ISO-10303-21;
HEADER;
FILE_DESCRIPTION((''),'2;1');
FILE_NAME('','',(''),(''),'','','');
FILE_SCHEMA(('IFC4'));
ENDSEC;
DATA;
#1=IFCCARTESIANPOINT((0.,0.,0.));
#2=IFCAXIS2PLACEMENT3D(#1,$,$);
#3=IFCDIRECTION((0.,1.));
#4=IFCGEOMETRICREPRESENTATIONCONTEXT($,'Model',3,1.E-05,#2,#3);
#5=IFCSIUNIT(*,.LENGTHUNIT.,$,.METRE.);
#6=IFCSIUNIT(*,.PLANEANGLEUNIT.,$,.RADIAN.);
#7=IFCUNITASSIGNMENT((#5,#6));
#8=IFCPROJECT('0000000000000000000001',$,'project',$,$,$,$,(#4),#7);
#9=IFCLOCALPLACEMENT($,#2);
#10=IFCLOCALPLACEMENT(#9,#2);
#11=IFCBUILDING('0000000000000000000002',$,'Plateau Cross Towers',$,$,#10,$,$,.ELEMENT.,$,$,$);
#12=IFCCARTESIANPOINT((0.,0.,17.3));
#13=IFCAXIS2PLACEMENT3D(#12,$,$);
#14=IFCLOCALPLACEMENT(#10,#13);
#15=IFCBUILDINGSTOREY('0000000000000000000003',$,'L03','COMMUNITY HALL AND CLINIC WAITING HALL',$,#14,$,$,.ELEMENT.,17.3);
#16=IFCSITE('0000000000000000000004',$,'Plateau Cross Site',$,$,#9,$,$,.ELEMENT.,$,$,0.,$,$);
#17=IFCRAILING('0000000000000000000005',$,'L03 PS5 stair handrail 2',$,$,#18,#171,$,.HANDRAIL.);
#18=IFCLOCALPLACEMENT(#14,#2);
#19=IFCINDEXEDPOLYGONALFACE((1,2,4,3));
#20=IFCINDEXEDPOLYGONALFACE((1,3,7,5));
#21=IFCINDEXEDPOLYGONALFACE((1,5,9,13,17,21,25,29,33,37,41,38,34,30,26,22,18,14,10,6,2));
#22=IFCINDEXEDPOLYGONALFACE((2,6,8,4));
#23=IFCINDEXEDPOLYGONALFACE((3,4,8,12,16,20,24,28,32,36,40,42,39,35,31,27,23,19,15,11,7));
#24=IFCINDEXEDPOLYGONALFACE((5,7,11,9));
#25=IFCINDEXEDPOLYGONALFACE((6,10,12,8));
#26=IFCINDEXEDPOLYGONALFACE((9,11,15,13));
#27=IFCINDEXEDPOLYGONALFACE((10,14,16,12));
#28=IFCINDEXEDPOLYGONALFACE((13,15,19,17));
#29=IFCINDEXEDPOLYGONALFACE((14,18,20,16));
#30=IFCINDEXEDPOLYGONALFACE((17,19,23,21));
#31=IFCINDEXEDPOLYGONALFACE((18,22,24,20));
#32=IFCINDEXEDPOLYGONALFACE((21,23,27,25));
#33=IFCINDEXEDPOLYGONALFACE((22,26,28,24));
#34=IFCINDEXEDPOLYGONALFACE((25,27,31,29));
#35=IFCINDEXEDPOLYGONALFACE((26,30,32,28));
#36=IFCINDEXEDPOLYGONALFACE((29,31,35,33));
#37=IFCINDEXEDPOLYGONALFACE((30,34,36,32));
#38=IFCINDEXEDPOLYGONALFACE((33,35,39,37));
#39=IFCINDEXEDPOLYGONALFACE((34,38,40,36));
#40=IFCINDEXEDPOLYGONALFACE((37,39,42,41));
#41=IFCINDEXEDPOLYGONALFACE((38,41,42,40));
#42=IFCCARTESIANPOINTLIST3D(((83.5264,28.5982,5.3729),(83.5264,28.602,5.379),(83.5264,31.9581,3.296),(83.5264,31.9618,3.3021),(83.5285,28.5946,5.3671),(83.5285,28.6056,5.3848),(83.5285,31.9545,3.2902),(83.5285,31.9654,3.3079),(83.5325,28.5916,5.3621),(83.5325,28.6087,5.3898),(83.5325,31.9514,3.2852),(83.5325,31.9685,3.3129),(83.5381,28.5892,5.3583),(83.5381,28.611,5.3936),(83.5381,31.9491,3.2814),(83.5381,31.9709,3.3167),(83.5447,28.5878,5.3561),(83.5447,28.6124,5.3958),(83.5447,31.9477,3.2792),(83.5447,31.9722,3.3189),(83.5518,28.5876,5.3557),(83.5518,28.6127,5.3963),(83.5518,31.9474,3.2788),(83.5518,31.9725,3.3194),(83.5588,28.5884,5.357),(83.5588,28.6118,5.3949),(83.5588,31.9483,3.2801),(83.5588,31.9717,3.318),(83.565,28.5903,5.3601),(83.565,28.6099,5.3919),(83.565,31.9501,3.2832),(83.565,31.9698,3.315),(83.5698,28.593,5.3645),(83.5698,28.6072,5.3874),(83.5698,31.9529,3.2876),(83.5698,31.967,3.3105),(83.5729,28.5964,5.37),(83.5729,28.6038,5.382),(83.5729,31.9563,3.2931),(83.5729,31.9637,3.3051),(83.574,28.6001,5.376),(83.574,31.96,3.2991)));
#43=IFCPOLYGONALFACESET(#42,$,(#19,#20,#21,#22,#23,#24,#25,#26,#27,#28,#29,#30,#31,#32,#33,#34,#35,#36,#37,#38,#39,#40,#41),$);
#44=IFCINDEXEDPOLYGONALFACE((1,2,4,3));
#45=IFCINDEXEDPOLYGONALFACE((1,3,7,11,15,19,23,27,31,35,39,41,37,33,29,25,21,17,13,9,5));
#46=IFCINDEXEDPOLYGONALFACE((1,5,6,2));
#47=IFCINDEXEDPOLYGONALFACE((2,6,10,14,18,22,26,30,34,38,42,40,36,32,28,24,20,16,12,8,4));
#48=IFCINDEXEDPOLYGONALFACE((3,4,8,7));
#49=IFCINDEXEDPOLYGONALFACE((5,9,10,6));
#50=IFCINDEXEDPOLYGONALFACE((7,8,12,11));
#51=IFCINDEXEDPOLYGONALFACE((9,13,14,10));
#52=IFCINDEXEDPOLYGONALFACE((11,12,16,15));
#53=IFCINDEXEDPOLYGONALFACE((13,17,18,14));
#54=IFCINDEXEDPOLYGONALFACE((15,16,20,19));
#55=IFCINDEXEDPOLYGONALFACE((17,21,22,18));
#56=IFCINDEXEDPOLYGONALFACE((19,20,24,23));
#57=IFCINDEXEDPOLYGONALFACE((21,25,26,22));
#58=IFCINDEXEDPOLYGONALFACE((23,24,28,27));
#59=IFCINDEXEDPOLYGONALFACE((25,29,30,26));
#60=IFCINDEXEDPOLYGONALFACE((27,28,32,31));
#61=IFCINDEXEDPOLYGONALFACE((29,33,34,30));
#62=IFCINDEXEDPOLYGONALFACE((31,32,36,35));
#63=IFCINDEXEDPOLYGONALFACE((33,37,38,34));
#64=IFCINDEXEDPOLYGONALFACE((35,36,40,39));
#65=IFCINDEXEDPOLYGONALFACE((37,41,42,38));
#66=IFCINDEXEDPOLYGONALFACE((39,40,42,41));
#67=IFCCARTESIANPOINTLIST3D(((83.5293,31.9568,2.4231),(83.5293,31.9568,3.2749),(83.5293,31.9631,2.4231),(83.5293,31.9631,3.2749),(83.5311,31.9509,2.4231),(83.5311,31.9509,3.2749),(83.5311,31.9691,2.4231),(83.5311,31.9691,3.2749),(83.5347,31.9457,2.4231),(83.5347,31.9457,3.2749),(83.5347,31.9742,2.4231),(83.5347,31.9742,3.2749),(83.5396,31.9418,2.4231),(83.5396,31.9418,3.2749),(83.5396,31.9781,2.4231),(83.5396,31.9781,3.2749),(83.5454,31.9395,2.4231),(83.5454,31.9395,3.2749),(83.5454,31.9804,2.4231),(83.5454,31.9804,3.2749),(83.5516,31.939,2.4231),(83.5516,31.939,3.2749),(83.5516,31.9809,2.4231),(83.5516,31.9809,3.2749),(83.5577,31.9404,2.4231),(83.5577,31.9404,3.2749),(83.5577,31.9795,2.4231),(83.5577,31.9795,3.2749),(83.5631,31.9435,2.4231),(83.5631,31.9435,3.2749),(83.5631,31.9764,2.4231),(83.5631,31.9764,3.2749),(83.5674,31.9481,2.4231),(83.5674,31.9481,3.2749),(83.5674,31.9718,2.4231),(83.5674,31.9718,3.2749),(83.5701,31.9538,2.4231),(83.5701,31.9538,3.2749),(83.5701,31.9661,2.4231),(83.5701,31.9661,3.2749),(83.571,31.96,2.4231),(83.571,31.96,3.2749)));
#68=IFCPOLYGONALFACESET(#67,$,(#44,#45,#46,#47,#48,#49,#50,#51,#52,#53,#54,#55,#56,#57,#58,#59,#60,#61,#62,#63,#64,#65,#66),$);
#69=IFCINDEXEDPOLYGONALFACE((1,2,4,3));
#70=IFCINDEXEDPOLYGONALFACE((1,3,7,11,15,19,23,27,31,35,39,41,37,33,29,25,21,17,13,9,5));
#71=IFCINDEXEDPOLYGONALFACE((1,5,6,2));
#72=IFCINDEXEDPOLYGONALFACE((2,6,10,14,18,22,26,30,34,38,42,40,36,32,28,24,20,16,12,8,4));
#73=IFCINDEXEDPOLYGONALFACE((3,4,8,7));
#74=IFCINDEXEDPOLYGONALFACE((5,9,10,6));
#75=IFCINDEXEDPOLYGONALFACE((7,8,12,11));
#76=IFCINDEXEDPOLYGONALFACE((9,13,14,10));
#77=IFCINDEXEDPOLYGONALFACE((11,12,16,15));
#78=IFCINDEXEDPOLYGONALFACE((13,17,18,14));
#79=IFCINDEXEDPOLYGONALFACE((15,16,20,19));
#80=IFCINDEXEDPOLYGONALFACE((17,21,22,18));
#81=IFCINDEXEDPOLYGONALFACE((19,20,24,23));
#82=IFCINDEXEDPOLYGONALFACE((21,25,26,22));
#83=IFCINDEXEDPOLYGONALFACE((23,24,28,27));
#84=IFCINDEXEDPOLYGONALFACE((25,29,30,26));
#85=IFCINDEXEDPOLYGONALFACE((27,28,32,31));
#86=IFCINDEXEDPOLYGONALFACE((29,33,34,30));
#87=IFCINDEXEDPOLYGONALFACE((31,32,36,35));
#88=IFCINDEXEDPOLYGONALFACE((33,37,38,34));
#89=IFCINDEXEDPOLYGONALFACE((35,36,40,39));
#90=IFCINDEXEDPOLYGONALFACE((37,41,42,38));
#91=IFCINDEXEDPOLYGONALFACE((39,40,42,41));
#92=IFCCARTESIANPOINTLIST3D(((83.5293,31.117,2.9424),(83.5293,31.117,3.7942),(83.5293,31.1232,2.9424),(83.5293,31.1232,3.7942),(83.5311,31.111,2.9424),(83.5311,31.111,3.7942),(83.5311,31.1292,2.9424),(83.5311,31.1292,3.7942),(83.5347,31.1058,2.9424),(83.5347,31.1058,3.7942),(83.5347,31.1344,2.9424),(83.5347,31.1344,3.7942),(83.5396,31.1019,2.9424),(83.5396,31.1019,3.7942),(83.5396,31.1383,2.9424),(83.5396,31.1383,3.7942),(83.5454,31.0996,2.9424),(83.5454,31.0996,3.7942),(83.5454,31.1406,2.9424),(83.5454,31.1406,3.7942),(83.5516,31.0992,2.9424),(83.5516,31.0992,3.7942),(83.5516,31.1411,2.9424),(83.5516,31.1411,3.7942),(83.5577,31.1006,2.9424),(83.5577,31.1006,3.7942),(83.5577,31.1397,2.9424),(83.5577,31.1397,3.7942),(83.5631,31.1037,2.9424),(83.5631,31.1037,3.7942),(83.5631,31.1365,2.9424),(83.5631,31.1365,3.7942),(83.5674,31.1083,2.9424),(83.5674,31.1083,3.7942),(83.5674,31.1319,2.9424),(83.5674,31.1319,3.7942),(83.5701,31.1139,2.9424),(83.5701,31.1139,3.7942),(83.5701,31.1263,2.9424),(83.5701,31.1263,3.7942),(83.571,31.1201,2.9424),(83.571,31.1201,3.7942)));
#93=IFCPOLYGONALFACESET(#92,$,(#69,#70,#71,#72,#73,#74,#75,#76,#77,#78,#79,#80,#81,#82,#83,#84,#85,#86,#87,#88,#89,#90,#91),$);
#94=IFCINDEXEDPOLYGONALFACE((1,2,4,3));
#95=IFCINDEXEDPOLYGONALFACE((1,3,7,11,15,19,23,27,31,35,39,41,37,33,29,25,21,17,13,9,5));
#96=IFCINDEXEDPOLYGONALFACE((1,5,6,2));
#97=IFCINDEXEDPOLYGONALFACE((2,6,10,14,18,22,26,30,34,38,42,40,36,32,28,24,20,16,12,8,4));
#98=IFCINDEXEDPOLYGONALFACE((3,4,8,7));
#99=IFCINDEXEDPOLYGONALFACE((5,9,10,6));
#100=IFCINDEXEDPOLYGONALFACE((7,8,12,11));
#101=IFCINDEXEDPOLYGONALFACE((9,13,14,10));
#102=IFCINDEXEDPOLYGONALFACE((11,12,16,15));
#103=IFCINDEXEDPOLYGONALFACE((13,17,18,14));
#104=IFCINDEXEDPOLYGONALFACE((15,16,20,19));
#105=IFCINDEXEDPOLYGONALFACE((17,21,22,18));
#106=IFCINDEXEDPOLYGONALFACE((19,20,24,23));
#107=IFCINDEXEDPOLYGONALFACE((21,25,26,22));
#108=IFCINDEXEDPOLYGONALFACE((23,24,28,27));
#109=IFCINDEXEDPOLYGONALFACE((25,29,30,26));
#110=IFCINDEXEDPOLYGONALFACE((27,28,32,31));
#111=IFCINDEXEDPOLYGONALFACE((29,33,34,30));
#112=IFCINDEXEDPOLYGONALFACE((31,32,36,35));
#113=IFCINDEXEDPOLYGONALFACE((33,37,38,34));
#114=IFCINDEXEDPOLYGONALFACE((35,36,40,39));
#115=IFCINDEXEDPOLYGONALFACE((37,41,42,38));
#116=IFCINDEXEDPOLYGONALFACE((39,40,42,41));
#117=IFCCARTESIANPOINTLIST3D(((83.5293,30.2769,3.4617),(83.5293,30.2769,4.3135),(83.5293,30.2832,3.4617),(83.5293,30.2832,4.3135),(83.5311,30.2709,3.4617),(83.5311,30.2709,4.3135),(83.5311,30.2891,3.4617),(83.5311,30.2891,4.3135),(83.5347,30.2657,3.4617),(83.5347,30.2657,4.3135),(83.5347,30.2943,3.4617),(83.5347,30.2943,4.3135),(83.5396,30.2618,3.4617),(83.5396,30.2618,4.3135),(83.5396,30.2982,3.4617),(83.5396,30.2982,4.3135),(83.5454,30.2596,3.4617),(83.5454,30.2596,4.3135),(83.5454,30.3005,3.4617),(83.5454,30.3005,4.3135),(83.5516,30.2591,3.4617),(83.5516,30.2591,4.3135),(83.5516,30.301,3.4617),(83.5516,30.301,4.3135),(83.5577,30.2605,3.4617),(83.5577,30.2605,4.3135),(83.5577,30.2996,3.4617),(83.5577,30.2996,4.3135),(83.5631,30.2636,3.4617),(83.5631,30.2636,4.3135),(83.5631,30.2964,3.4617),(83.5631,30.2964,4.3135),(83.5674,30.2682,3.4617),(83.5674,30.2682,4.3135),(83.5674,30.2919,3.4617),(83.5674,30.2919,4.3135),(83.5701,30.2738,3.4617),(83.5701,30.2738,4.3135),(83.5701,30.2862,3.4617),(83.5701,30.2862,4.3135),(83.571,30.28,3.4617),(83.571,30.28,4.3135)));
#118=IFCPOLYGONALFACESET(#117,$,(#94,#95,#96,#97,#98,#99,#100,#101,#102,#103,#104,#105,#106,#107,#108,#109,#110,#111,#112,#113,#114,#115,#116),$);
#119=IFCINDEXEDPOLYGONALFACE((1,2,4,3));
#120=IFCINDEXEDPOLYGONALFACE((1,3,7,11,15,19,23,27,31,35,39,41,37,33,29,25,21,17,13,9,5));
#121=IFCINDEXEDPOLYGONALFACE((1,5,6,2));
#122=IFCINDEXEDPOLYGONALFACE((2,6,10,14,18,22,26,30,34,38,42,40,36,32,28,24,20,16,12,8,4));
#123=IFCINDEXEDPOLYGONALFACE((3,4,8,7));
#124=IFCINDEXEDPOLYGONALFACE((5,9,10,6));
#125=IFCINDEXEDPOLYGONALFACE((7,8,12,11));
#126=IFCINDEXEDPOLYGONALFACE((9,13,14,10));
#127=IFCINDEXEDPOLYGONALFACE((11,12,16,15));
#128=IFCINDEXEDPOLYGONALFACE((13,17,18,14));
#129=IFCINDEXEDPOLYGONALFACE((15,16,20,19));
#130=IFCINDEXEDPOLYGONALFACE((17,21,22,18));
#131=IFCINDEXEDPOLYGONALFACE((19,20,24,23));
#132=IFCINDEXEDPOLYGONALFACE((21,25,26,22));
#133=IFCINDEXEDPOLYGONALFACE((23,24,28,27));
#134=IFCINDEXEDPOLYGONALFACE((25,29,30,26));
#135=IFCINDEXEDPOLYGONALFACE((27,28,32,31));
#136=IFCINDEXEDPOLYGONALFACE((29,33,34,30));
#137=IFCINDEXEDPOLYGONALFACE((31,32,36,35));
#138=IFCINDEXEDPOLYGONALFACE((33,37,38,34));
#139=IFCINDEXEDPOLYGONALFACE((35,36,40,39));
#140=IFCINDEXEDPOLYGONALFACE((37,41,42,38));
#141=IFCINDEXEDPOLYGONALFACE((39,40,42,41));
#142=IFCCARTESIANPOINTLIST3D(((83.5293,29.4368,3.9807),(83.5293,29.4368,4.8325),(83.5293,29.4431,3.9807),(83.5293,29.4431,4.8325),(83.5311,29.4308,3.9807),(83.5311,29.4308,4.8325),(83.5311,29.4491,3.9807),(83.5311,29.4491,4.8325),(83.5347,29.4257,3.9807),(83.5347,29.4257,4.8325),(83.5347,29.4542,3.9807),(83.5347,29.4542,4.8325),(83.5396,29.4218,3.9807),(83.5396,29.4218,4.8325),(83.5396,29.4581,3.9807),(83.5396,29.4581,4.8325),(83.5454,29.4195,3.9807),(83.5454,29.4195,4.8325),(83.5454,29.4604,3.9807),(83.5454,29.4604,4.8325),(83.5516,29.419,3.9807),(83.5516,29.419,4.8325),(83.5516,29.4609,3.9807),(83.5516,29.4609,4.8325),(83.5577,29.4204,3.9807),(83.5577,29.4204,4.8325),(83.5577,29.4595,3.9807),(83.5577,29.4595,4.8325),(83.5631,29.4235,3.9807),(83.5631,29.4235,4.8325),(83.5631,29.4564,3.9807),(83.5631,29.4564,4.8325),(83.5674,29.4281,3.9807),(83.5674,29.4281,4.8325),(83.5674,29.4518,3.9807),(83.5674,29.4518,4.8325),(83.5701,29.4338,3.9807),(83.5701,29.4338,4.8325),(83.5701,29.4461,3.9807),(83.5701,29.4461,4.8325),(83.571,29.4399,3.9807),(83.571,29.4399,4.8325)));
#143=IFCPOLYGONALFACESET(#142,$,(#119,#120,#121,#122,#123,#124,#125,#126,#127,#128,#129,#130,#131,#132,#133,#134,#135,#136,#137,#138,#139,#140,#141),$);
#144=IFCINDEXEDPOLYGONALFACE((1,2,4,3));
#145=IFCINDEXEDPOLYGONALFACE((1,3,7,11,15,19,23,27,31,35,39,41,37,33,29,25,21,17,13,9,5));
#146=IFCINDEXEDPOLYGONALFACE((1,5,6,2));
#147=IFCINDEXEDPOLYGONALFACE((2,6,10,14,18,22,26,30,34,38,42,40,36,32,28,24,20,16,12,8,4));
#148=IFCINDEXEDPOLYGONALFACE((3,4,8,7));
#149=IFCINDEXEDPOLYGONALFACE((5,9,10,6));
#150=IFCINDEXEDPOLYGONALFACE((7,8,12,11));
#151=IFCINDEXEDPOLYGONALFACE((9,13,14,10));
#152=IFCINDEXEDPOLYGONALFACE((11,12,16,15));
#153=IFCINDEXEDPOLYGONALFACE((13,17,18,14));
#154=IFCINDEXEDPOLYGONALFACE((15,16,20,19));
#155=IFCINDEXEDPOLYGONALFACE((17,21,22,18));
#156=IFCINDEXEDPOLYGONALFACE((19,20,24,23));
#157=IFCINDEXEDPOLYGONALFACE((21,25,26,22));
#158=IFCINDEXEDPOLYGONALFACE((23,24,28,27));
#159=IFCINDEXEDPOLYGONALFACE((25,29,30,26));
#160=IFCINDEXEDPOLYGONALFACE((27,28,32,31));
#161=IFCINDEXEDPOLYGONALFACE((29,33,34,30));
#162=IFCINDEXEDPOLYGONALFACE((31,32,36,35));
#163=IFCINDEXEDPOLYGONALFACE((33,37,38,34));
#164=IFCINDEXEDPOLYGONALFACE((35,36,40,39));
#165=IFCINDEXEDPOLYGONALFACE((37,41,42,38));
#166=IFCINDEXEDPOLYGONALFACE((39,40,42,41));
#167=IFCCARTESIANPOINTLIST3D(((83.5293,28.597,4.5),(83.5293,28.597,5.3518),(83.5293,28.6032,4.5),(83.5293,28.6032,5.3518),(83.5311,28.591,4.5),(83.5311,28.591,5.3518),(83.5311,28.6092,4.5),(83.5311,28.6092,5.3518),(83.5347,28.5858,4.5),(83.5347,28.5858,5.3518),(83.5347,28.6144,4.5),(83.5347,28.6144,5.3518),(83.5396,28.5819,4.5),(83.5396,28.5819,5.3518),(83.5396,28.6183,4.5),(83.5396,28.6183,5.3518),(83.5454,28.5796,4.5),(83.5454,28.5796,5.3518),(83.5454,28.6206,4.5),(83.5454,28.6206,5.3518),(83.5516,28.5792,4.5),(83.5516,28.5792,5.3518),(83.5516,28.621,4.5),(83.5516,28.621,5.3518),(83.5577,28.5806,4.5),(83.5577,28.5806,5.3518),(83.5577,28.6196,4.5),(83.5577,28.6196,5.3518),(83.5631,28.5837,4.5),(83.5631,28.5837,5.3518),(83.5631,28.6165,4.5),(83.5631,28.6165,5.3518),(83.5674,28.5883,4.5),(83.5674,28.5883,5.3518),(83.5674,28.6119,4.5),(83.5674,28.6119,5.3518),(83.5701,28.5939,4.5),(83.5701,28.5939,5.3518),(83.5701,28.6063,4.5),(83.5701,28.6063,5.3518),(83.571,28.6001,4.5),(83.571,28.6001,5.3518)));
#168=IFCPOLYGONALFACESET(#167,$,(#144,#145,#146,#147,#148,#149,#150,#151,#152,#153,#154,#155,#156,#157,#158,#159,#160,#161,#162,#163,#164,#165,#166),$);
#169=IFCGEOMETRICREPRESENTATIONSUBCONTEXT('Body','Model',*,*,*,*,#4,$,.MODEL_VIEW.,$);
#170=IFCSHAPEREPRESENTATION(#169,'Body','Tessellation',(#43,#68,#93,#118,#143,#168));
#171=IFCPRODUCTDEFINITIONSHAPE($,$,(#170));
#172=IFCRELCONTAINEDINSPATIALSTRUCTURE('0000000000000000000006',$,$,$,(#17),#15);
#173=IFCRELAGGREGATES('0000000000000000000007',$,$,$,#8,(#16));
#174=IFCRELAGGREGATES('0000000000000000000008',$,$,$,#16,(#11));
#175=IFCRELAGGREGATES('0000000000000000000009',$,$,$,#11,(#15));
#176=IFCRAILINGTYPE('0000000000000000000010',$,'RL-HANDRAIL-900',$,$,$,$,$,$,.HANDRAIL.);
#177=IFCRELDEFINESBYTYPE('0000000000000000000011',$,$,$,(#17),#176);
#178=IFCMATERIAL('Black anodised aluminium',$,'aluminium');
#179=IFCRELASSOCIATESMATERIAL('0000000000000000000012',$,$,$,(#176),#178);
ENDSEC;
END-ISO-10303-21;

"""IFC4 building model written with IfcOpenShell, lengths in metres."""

from ifc_helpers import new_model, si_unit, direction, frame, origin, origin_2d, place, context, subcontext, project, spatial, circle, extrude, material, type_object, element, save


model = new_model("IFC4")

# Units and contexts
model_context = context("Model", 3, precision=1e-05, world=origin(), true_north=direction((0.0, 1.0)))
body_context = subcontext(model_context, "Body", "Model", "MODEL_VIEW")
ifc_project = project(units=[si_unit("LENGTHUNIT", "METRE"), si_unit("PLANEANGLEUNIT", "RADIAN")], contexts=[model_context])

# Site, building, storey
site_placement = place(None, origin())
site = spatial("IfcSite", under=ifc_project, at=site_placement, Name="Plateau Cross Site", CompositionType="ELEMENT", RefElevation=0.0)
building_placement = place(site_placement, origin())
building = spatial("IfcBuilding", under=site, at=building_placement, Name="Plateau Cross Towers", CompositionType="ELEMENT")
storey_placement = place(building_placement, frame((0.0, 0.0, 17.3)))
storey = spatial("IfcBuildingStorey", under=building, at=storey_placement, Name="L03", Description="COMMUNITY HALL AND CLINIC WAITING HALL", CompositionType="ELEMENT", Elevation=17.3)

# Railing
ifc_material_1 = material(Name="Black anodised aluminium", Category="aluminium")
railing_type_1 = type_object("IfcRailingType", Name="RL-HANDRAIL-900", PredefinedType="HANDRAIL", material=ifc_material_1)
railing_1_placement = place(storey_placement, frame((83.55, 31.96, 2.4231)))
element("IfcRailing", 1, at=railing_1_placement, inside=storey, type_object=railing_type_1, Name="L03 PS5 stair handrail 2", PredefinedType="HANDRAIL", context=body_context, shape_type="SweptSolid", body=[
    extrude(circle(Radius=0.0239, at=origin_2d()), frame((0.0, 0.0, 0.876), z_axis=(0.0, -0.850606, 0.525803), x_axis=(1.0, 0.0, 0.0)), (0.0, 0.0, 1.0), 3.95),
    extrude(circle(Radius=0.021, at=origin_2d()), origin(), (0.0, 0.0, 1.0), 0.8518),
    extrude(circle(Radius=0.021, at=origin_2d()), frame((0.0, -0.8398, 0.5193)), (0.0, 0.0, 1.0), 0.8518),
    extrude(circle(Radius=0.021, at=origin_2d()), frame((0.0, -1.6799, 1.0386)), (0.0, 0.0, 1.0), 0.8518),
    extrude(circle(Radius=0.021, at=origin_2d()), frame((0.0, -2.52, 1.5576)), (0.0, 0.0, 1.0), 0.8518),
    extrude(circle(Radius=0.021, at=origin_2d()), frame((0.0, -3.3599, 2.0769)), (0.0, 0.0, 1.0), 0.8518),
])

save(model, "model.ifc")
